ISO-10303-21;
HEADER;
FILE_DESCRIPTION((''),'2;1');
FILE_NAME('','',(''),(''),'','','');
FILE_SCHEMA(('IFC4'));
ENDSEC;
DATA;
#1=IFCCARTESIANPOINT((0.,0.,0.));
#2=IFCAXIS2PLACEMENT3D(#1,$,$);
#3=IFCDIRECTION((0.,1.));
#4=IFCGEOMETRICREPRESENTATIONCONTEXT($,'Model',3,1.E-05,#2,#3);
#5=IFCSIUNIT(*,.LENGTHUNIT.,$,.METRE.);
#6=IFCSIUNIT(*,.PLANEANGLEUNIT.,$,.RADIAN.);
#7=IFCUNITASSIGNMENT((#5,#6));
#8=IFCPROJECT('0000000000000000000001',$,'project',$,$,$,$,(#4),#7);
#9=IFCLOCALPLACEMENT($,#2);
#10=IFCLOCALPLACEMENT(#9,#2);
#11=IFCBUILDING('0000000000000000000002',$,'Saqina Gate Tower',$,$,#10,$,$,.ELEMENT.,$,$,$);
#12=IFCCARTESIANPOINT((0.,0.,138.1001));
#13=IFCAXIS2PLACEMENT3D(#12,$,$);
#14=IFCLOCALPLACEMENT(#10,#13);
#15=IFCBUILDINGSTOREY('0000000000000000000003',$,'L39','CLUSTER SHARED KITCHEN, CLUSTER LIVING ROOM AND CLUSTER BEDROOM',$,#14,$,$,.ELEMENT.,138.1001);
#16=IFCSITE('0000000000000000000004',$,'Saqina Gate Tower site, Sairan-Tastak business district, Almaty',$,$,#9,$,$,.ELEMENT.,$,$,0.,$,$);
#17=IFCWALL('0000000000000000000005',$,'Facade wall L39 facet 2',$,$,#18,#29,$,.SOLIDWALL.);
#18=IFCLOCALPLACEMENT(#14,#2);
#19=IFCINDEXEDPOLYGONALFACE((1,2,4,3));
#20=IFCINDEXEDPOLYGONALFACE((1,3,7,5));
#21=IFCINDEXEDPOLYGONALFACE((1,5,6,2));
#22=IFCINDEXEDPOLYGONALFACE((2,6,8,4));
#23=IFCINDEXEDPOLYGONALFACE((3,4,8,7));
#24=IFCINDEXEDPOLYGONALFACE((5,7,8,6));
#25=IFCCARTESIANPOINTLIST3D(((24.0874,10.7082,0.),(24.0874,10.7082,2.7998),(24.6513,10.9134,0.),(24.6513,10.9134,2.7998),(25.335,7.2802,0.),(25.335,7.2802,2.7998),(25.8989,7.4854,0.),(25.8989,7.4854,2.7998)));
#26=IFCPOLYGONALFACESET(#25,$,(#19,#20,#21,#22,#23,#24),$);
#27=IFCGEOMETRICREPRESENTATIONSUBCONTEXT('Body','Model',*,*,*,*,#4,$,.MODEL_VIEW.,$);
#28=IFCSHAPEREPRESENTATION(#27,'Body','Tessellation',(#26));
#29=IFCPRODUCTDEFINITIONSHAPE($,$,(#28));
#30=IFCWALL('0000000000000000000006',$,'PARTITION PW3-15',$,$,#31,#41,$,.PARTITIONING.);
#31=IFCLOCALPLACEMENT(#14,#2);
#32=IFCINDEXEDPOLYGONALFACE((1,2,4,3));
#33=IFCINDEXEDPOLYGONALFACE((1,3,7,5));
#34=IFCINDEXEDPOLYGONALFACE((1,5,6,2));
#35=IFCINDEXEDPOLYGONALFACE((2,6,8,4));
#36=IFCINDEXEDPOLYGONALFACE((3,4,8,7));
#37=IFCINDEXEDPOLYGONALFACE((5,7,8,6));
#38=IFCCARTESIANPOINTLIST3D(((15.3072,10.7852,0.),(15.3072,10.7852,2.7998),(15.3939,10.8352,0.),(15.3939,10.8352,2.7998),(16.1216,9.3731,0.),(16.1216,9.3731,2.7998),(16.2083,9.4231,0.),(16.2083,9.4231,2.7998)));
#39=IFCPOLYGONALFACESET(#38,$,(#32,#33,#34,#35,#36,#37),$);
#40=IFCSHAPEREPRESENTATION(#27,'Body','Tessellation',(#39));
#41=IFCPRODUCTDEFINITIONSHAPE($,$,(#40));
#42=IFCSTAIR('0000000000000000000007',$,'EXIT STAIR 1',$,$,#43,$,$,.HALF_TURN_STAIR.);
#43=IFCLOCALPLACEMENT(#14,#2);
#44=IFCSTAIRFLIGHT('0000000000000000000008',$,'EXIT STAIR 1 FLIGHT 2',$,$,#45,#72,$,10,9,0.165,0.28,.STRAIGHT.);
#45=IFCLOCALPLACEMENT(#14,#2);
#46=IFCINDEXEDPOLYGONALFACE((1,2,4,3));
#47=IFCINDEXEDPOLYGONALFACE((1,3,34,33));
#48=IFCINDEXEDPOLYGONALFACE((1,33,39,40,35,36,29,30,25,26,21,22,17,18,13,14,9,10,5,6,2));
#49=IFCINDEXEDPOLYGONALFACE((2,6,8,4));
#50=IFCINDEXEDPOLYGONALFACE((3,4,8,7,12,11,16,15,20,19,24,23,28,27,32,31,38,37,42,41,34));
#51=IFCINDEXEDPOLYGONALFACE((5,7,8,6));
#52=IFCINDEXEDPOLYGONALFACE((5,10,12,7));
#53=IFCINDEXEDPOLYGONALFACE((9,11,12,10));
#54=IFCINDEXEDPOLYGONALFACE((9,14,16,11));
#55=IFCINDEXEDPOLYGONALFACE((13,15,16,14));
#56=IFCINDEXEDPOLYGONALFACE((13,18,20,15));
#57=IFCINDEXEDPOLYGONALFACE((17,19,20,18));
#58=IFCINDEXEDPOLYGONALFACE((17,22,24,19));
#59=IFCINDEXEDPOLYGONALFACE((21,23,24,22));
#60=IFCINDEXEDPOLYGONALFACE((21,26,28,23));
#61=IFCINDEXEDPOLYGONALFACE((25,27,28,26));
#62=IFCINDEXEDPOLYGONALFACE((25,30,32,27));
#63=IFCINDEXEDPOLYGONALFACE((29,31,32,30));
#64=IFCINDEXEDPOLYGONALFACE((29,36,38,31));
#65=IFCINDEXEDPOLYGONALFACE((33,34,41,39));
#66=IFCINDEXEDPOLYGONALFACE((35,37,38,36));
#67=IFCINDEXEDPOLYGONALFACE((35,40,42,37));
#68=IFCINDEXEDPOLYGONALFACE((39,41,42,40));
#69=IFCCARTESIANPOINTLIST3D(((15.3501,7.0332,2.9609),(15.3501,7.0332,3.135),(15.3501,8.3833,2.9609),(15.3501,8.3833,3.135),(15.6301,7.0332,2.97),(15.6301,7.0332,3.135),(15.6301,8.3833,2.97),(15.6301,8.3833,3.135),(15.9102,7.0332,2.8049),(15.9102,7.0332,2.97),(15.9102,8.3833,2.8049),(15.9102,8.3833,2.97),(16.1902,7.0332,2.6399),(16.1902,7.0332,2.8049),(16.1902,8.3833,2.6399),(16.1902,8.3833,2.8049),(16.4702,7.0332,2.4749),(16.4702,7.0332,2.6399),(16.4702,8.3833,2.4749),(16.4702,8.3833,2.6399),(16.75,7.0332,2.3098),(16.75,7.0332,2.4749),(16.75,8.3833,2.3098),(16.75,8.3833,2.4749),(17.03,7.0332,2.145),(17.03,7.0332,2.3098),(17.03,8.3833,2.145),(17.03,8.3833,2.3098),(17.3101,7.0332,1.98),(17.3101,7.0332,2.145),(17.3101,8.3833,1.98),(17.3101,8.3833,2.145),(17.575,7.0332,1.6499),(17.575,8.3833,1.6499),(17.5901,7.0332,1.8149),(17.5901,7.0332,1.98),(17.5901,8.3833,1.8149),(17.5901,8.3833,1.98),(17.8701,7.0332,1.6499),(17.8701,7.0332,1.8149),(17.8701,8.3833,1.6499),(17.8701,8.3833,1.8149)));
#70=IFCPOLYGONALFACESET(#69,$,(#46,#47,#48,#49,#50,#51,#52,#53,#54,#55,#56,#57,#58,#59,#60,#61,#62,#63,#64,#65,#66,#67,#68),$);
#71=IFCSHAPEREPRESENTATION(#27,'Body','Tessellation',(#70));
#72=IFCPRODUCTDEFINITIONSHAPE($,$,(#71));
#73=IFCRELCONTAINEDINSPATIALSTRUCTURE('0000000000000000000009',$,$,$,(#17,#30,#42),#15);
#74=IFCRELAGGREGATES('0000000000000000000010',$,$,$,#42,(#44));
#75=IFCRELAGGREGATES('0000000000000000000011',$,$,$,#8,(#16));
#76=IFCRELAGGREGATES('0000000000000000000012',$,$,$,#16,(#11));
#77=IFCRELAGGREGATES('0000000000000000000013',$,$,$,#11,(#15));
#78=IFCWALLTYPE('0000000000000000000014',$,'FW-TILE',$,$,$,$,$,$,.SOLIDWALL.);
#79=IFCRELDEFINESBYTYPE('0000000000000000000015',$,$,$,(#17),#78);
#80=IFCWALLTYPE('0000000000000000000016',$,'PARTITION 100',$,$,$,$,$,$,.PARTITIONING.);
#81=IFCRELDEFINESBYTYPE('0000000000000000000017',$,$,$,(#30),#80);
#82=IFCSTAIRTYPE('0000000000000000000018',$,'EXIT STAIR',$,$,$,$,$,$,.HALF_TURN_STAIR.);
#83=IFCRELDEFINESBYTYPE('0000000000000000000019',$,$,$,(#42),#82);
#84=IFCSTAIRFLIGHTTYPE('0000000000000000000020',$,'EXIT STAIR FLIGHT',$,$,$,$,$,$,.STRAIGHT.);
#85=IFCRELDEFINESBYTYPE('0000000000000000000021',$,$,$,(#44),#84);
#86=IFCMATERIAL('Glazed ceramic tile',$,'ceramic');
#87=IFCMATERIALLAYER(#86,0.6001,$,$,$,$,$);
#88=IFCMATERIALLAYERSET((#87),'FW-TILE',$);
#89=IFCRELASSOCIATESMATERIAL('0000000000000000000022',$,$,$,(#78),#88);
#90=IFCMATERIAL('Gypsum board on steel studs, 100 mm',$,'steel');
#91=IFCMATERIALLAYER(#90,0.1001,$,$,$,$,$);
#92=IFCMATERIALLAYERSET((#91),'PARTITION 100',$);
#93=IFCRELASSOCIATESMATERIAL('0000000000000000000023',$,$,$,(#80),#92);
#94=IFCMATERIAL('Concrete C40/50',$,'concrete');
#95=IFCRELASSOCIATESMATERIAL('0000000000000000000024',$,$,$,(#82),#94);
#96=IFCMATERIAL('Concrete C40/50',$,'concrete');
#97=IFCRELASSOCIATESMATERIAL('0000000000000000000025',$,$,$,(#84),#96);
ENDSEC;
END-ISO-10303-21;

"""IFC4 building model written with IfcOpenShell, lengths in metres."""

from ifc_helpers import new_model, si_unit, direction, frame, frame_2d, origin, place, context, subcontext, project, spatial, polyline, rectangle, outline, extrude, material, layer, layer_set, type_object, element, aggregate, save


model = new_model("IFC4")

# Units and contexts
model_context = context("Model", 3, precision=1e-05, world=origin(), true_north=direction((0.0, 1.0)))
body_context = subcontext(model_context, "Body", "Model", "MODEL_VIEW")
ifc_project = project(units=[si_unit("LENGTHUNIT", "METRE"), si_unit("PLANEANGLEUNIT", "RADIAN")], contexts=[model_context])

# Site, building, storey
site_placement = place(None, origin())
site = spatial("IfcSite", under=ifc_project, at=site_placement, Name="Saqina Gate Tower site, Sairan-Tastak business district, Almaty", CompositionType="ELEMENT", RefElevation=0.0)
building_placement = place(site_placement, origin())
building = spatial("IfcBuilding", under=site, at=building_placement, Name="Saqina Gate Tower", CompositionType="ELEMENT")
storey_placement = place(building_placement, frame((0.0, 0.0, 138.1001)))
storey = spatial("IfcBuildingStorey", under=building, at=storey_placement, Name="L39", Description="CLUSTER SHARED KITCHEN, CLUSTER LIVING ROOM AND CLUSTER BEDROOM", CompositionType="ELEMENT", Elevation=138.1001)

# Walls
ifc_material_1 = material(Name="Glazed ceramic tile", Category="ceramic")
ifc_layer_1 = layer(ifc_material_1, 0.6001)
ifc_layer_set_1 = layer_set([ifc_layer_1], Name="FW-TILE")
wall_type_1 = type_object("IfcWallType", Name="FW-TILE", PredefinedType="SOLIDWALL", material=ifc_layer_set_1)
wall_1_placement = place(storey_placement, frame((25.6169, 7.3828, 0.0), z_axis=(0.0, 0.0, 1.0), x_axis=(-0.34199, 0.939704, 0.0)))
element("IfcWall", 1, at=wall_1_placement, inside=storey, type_object=wall_type_1, Name="Facade wall L39 facet 2", PredefinedType="SOLIDWALL", context=body_context, shape_type="SweptSolid", body=[
    extrude(rectangle(XDim=3.6479, YDim=0.6001, at=frame_2d((1.824, 0.0))), origin(), (0.0, 0.0, 1.0), 2.7998),
])
ifc_material_2 = material(Name="Gypsum board on steel studs, 100 mm", Category="steel")
ifc_layer_2 = layer(ifc_material_2, 0.1001)
ifc_layer_set_2 = layer_set([ifc_layer_2], Name="PARTITION 100")
wall_type_2 = type_object("IfcWallType", Name="PARTITION 100", PredefinedType="PARTITIONING", material=ifc_layer_set_2)
wall_2_placement = place(storey_placement, frame((15.3506, 10.8101, 0.0), z_axis=(0.0, 0.0, 1.0), x_axis=(0.499619, -0.866245, 0.0)))
element("IfcWall", 2, at=wall_2_placement, inside=storey, type_object=wall_type_2, Name="PARTITION PW3-15", PredefinedType="PARTITIONING", context=body_context, shape_type="SweptSolid", body=[
    extrude(rectangle(XDim=1.6301, YDim=0.1001, at=frame_2d((0.8149, 0.0))), origin(), (0.0, 0.0, 1.0), 2.7998),
])

# Stair, stair flight
ifc_material_3 = material(Name="Concrete C40/50", Category="concrete")
stair_type = type_object("IfcStairType", Name="EXIT STAIR", PredefinedType="HALF_TURN_STAIR", material=ifc_material_3)
stair_placement = place(storey_placement, origin())
stair = element("IfcStair", 3, at=stair_placement, inside=storey, type_object=stair_type, Name="EXIT STAIR 1", PredefinedType="HALF_TURN_STAIR")
ifc_material_4 = material(Name="Concrete C40/50", Category="concrete")
stair_flight_type = type_object("IfcStairFlightType", Name="EXIT STAIR FLIGHT", PredefinedType="STRAIGHT", material=ifc_material_4)
stair_flight_placement = place(storey_placement, frame((17.8701, 7.7083, 1.6499), z_axis=(0.0, 0.0, 1.0), x_axis=(-1.0, 0.0, 0.0)))
stair_flight = element("IfcStairFlight", 4, at=stair_flight_placement, type_object=stair_flight_type, Name="EXIT STAIR 1 FLIGHT 2", NumberOfRisers=10, NumberOfTreads=9, PredefinedType="STRAIGHT", RiserHeight=0.165, TreadLength=0.28, context=body_context, shape_type="SweptSolid", body=[
    extrude(outline(polyline([(0.0, 0.0), (0.0, 0.165), (0.28, 0.165), (0.28, 0.3301), (0.5601, 0.3301), (0.5601, 0.4951), (0.8401, 0.4951), (0.8401, 0.6599), (1.1201, 0.6599), (1.1201, 0.825), (1.3999, 0.825), (1.3999, 0.99), (1.6799, 0.99), (1.6799, 1.155), (1.96, 1.155), (1.96, 1.3201), (2.24, 1.3201), (2.24, 1.4851), (2.52, 1.4851), (2.52, 1.6499), (2.52, 1.311), (0.2952, 0.0), (0.0, 0.0)])), frame((0.0, 0.675, 0.0), z_axis=(0.0, -1.0, 0.0), x_axis=(1.0, 0.0, 0.0)), (0.0, 0.0, 1.0), 1.3501),
])
aggregate(stair, [stair_flight])

save(model, "model.ifc")
